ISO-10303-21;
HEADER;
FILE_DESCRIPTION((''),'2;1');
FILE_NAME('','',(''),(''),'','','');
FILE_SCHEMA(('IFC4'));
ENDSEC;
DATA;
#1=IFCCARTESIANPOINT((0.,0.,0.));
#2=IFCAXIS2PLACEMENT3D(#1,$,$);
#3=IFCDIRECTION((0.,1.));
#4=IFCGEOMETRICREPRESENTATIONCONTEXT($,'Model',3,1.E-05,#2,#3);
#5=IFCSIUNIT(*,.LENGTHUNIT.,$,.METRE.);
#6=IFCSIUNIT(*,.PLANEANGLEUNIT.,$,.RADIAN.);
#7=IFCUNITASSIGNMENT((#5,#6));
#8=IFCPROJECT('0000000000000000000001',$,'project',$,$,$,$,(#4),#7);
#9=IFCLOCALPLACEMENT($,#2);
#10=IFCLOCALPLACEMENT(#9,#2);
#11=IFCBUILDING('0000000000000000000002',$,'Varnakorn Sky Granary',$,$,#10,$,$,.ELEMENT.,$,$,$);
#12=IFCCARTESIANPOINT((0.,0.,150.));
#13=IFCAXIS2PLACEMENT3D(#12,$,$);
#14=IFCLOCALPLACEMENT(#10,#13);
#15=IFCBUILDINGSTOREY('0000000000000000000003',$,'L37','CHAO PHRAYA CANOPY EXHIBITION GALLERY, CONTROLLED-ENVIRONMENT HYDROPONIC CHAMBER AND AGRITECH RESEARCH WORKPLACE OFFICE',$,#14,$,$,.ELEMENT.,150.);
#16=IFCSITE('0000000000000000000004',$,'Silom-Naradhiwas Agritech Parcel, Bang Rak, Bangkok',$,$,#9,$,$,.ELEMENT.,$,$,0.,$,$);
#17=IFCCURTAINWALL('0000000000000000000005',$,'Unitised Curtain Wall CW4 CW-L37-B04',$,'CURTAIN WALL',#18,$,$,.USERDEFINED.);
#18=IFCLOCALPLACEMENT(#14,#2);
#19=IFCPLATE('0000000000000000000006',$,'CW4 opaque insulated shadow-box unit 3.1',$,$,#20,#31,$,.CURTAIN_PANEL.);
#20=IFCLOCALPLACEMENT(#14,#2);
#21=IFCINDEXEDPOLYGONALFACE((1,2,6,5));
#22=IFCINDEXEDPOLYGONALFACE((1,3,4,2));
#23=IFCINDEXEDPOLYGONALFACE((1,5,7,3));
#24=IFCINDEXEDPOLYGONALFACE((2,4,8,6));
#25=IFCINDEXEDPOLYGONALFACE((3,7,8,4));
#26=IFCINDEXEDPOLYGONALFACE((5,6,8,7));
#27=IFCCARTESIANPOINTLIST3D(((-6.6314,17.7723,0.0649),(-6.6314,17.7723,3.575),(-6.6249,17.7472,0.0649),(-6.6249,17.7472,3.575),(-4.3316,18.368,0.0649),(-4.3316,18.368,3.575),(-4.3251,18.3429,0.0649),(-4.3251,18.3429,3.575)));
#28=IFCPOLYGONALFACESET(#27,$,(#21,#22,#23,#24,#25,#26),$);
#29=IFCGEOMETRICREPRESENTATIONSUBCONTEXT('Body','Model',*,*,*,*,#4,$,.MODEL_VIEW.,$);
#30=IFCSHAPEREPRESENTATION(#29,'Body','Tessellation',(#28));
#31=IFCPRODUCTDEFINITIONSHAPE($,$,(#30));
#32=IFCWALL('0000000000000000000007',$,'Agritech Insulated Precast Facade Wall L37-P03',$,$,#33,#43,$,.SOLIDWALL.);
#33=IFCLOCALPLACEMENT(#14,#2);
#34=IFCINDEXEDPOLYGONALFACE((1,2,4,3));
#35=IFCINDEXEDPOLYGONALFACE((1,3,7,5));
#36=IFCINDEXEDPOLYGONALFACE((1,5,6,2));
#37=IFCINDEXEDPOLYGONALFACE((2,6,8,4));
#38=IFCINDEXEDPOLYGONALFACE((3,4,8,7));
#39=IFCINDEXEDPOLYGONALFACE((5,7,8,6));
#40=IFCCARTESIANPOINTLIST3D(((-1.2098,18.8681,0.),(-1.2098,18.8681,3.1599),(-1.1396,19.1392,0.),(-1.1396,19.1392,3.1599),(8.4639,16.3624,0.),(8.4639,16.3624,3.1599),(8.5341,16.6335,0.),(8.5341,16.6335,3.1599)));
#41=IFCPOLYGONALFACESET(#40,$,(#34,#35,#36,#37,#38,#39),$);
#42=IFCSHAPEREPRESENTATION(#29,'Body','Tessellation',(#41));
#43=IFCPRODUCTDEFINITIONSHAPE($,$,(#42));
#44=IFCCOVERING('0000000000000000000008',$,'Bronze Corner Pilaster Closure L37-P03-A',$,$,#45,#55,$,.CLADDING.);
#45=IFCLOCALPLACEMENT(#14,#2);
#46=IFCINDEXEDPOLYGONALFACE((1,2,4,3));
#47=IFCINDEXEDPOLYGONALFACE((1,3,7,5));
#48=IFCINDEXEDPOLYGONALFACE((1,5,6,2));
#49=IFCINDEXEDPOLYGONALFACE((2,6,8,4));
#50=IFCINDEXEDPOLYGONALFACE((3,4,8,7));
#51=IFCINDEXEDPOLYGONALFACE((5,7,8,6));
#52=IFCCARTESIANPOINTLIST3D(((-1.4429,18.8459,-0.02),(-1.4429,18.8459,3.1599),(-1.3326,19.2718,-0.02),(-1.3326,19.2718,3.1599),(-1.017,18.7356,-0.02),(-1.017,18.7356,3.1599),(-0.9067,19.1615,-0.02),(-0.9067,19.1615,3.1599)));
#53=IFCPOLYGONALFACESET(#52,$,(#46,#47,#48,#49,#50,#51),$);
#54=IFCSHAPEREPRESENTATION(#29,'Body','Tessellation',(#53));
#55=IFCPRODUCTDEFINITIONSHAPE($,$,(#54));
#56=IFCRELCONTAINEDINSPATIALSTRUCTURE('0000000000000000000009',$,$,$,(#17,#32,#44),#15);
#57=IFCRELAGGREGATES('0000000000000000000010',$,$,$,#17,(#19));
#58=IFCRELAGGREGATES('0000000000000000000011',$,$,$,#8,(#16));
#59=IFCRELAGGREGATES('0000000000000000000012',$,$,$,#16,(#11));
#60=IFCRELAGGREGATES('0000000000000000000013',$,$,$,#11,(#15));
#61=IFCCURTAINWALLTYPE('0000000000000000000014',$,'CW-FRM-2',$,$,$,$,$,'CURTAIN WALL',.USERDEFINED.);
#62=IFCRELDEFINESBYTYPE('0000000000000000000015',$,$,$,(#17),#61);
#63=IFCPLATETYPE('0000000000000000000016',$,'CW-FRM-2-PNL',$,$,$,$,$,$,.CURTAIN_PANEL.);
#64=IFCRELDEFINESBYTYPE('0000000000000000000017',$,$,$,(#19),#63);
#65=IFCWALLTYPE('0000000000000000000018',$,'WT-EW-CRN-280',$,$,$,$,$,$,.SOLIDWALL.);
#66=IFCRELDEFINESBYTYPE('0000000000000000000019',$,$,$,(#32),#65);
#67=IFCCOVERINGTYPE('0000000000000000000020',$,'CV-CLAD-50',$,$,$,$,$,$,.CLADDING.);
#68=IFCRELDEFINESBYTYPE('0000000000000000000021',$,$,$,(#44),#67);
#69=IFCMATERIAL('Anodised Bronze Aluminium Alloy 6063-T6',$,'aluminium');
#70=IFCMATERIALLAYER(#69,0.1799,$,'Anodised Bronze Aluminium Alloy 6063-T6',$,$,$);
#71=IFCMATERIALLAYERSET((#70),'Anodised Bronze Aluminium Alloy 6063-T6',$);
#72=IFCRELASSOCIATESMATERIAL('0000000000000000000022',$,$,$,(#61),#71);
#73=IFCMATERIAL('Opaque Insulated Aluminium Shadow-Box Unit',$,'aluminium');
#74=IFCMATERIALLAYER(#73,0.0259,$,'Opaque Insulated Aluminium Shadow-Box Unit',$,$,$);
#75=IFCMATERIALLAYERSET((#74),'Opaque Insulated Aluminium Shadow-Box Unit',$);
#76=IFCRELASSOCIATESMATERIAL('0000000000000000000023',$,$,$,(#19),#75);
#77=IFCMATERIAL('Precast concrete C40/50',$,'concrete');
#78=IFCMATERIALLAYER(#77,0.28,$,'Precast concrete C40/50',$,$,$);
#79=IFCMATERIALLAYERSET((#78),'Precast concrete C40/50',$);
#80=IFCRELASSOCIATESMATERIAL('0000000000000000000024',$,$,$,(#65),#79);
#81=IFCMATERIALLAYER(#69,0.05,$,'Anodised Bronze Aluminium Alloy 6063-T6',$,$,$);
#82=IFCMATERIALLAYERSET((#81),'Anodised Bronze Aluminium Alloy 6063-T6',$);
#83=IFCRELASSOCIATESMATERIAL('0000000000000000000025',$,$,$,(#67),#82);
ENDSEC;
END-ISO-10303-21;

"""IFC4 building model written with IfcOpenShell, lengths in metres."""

from ifc_helpers import new_model, si_unit, direction, frame, frame_2d, origin, origin_2d, place, context, subcontext, project, spatial, rectangle, extrude, source, transform, mapped, material, layer, layer_set, type_object, type_shapes, element, aggregate, save


model = new_model("IFC4")

# Units and contexts
model_context = context("Model", 3, precision=1e-05, world=origin(), true_north=direction((0.0, 1.0)))
body_context = subcontext(model_context, "Body", "Model", "MODEL_VIEW")
ifc_project = project(units=[si_unit("LENGTHUNIT", "METRE"), si_unit("PLANEANGLEUNIT", "RADIAN")], contexts=[model_context])

# Site, building, storey
site_placement = place(None, origin())
site = spatial("IfcSite", under=ifc_project, at=site_placement, Name="Silom-Naradhiwas Agritech Parcel, Bang Rak, Bangkok", CompositionType="ELEMENT", RefElevation=0.0)
building_placement = place(site_placement, origin())
building = spatial("IfcBuilding", under=site, at=building_placement, Name="Varnakorn Sky Granary", CompositionType="ELEMENT")
storey_placement = place(building_placement, frame((0.0, 0.0, 150.0)))
storey = spatial("IfcBuildingStorey", under=building, at=storey_placement, Name="L37", Description="CHAO PHRAYA CANOPY EXHIBITION GALLERY, CONTROLLED-ENVIRONMENT HYDROPONIC CHAMBER AND AGRITECH RESEARCH WORKPLACE OFFICE", CompositionType="ELEMENT", Elevation=150.0)

# Curtain wall, plate
ifc_material_1 = material(Name="Anodised Bronze Aluminium Alloy 6063-T6", Category="aluminium")
ifc_layer_1 = layer(ifc_material_1, 0.1799, Name="Anodised Bronze Aluminium Alloy 6063-T6")
ifc_layer_set_1 = layer_set([ifc_layer_1], Name="Anodised Bronze Aluminium Alloy 6063-T6")
curtain_wall_type = type_object("IfcCurtainWallType", Name="CW-FRM-2", ElementType="CURTAIN WALL", PredefinedType="USERDEFINED", material=ifc_layer_set_1)
curtain_wall_placement = place(storey_placement, origin())
curtain_wall = element("IfcCurtainWall", 1, at=curtain_wall_placement, inside=storey, type_object=curtain_wall_type, Name="Unitised Curtain Wall CW4 CW-L37-B04", ObjectType="CURTAIN WALL", PredefinedType="USERDEFINED")
plate_type = type_object("IfcPlateType", Name="CW-FRM-2-PNL", PredefinedType="CURTAIN_PANEL")
ifc_material_2 = material(Name="Opaque Insulated Aluminium Shadow-Box Unit", Category="aluminium")
ifc_layer_2 = layer(ifc_material_2, 0.0259, Name="Opaque Insulated Aluminium Shadow-Box Unit")
ifc_layer_set_2 = layer_set([ifc_layer_2], Name="Opaque Insulated Aluminium Shadow-Box Unit")
shared_shape_1 = source(origin(), body_context, "Body", "SweptSolid", [
    extrude(rectangle(XDim=2.3757, YDim=0.0259, at=origin_2d()), origin(), (0.0, 0.0, 1.0), 3.51),
])
plate_1_placement = place(storey_placement, frame((-5.4783, 18.0576, 0.0649), z_axis=(0.0, 0.0, 1.0), x_axis=(0.968052, 0.250748, 0.0)))
plate_1 = element("IfcPlate", 2, at=plate_1_placement, type_object=plate_type, material=ifc_layer_set_2, Name="CW4 opaque insulated shadow-box unit 3.1", PredefinedType="CURTAIN_PANEL", context=body_context, shape_type="MappedRepresentation", body=[
    mapped(shared_shape_1, transform((0.0, 0.0, 0.0), x_axis=(1.0, 0.0, 0.0), y_axis=(0.0, 1.0, 0.0), z_axis=(0.0, 0.0, 1.0), scale=1.0)),
])
aggregate(curtain_wall, [plate_1])

# Wall
ifc_material_3 = material(Name="Precast concrete C40/50", Category="concrete")
ifc_layer_3 = layer(ifc_material_3, 0.28, Name="Precast concrete C40/50")
ifc_layer_set_3 = layer_set([ifc_layer_3], Name="Precast concrete C40/50")
wall_type = type_object("IfcWallType", Name="WT-EW-CRN-280", PredefinedType="SOLIDWALL", material=ifc_layer_set_3)
wall_placement = place(storey_placement, frame((-1.1748, 19.0037, 0.0), z_axis=(0.0, 0.0, 1.0), x_axis=(0.968054, -0.250742, 0.0)))
element("IfcWall", 3, at=wall_placement, inside=storey, type_object=wall_type, Name="Agritech Insulated Precast Facade Wall L37-P03", PredefinedType="SOLIDWALL", context=body_context, shape_type="SweptSolid", body=[
    extrude(rectangle(XDim=9.9929, YDim=0.28, at=frame_2d((4.9966, 0.0))), origin(), (0.0, 0.0, 1.0), 3.1599),
])

# Covering
ifc_layer_4 = layer(ifc_material_1, 0.05, Name="Anodised Bronze Aluminium Alloy 6063-T6")
ifc_layer_set_4 = layer_set([ifc_layer_4], Name="Anodised Bronze Aluminium Alloy 6063-T6")
covering_type = type_object("IfcCoveringType", Name="CV-CLAD-50", PredefinedType="CLADDING", material=ifc_layer_set_4)
shared_shape_2 = source(origin(), body_context, "Body", "SweptSolid", [
    extrude(rectangle(XDim=0.4399, YDim=0.4399, at=origin_2d()), origin(), (0.0, 0.0, 1.0), 3.1799),
])
type_shapes(covering_type, [shared_shape_2])
covering_placement = place(storey_placement, frame((-1.1748, 19.0037, -0.02), z_axis=(0.0, 0.0, 1.0), x_axis=(0.96806, -0.250718, 0.0)))
element("IfcCovering", 4, at=covering_placement, inside=storey, type_object=covering_type, Name="Bronze Corner Pilaster Closure L37-P03-A", PredefinedType="CLADDING", context=body_context, shape_type="MappedRepresentation", body=[
    mapped(shared_shape_2, transform((0.0, 0.0, 0.0), x_axis=(1.0, 0.0, 0.0), y_axis=(0.0, 1.0, 0.0), z_axis=(0.0, 0.0, 1.0), scale=1.0)),
])

save(model, "model.ifc")
